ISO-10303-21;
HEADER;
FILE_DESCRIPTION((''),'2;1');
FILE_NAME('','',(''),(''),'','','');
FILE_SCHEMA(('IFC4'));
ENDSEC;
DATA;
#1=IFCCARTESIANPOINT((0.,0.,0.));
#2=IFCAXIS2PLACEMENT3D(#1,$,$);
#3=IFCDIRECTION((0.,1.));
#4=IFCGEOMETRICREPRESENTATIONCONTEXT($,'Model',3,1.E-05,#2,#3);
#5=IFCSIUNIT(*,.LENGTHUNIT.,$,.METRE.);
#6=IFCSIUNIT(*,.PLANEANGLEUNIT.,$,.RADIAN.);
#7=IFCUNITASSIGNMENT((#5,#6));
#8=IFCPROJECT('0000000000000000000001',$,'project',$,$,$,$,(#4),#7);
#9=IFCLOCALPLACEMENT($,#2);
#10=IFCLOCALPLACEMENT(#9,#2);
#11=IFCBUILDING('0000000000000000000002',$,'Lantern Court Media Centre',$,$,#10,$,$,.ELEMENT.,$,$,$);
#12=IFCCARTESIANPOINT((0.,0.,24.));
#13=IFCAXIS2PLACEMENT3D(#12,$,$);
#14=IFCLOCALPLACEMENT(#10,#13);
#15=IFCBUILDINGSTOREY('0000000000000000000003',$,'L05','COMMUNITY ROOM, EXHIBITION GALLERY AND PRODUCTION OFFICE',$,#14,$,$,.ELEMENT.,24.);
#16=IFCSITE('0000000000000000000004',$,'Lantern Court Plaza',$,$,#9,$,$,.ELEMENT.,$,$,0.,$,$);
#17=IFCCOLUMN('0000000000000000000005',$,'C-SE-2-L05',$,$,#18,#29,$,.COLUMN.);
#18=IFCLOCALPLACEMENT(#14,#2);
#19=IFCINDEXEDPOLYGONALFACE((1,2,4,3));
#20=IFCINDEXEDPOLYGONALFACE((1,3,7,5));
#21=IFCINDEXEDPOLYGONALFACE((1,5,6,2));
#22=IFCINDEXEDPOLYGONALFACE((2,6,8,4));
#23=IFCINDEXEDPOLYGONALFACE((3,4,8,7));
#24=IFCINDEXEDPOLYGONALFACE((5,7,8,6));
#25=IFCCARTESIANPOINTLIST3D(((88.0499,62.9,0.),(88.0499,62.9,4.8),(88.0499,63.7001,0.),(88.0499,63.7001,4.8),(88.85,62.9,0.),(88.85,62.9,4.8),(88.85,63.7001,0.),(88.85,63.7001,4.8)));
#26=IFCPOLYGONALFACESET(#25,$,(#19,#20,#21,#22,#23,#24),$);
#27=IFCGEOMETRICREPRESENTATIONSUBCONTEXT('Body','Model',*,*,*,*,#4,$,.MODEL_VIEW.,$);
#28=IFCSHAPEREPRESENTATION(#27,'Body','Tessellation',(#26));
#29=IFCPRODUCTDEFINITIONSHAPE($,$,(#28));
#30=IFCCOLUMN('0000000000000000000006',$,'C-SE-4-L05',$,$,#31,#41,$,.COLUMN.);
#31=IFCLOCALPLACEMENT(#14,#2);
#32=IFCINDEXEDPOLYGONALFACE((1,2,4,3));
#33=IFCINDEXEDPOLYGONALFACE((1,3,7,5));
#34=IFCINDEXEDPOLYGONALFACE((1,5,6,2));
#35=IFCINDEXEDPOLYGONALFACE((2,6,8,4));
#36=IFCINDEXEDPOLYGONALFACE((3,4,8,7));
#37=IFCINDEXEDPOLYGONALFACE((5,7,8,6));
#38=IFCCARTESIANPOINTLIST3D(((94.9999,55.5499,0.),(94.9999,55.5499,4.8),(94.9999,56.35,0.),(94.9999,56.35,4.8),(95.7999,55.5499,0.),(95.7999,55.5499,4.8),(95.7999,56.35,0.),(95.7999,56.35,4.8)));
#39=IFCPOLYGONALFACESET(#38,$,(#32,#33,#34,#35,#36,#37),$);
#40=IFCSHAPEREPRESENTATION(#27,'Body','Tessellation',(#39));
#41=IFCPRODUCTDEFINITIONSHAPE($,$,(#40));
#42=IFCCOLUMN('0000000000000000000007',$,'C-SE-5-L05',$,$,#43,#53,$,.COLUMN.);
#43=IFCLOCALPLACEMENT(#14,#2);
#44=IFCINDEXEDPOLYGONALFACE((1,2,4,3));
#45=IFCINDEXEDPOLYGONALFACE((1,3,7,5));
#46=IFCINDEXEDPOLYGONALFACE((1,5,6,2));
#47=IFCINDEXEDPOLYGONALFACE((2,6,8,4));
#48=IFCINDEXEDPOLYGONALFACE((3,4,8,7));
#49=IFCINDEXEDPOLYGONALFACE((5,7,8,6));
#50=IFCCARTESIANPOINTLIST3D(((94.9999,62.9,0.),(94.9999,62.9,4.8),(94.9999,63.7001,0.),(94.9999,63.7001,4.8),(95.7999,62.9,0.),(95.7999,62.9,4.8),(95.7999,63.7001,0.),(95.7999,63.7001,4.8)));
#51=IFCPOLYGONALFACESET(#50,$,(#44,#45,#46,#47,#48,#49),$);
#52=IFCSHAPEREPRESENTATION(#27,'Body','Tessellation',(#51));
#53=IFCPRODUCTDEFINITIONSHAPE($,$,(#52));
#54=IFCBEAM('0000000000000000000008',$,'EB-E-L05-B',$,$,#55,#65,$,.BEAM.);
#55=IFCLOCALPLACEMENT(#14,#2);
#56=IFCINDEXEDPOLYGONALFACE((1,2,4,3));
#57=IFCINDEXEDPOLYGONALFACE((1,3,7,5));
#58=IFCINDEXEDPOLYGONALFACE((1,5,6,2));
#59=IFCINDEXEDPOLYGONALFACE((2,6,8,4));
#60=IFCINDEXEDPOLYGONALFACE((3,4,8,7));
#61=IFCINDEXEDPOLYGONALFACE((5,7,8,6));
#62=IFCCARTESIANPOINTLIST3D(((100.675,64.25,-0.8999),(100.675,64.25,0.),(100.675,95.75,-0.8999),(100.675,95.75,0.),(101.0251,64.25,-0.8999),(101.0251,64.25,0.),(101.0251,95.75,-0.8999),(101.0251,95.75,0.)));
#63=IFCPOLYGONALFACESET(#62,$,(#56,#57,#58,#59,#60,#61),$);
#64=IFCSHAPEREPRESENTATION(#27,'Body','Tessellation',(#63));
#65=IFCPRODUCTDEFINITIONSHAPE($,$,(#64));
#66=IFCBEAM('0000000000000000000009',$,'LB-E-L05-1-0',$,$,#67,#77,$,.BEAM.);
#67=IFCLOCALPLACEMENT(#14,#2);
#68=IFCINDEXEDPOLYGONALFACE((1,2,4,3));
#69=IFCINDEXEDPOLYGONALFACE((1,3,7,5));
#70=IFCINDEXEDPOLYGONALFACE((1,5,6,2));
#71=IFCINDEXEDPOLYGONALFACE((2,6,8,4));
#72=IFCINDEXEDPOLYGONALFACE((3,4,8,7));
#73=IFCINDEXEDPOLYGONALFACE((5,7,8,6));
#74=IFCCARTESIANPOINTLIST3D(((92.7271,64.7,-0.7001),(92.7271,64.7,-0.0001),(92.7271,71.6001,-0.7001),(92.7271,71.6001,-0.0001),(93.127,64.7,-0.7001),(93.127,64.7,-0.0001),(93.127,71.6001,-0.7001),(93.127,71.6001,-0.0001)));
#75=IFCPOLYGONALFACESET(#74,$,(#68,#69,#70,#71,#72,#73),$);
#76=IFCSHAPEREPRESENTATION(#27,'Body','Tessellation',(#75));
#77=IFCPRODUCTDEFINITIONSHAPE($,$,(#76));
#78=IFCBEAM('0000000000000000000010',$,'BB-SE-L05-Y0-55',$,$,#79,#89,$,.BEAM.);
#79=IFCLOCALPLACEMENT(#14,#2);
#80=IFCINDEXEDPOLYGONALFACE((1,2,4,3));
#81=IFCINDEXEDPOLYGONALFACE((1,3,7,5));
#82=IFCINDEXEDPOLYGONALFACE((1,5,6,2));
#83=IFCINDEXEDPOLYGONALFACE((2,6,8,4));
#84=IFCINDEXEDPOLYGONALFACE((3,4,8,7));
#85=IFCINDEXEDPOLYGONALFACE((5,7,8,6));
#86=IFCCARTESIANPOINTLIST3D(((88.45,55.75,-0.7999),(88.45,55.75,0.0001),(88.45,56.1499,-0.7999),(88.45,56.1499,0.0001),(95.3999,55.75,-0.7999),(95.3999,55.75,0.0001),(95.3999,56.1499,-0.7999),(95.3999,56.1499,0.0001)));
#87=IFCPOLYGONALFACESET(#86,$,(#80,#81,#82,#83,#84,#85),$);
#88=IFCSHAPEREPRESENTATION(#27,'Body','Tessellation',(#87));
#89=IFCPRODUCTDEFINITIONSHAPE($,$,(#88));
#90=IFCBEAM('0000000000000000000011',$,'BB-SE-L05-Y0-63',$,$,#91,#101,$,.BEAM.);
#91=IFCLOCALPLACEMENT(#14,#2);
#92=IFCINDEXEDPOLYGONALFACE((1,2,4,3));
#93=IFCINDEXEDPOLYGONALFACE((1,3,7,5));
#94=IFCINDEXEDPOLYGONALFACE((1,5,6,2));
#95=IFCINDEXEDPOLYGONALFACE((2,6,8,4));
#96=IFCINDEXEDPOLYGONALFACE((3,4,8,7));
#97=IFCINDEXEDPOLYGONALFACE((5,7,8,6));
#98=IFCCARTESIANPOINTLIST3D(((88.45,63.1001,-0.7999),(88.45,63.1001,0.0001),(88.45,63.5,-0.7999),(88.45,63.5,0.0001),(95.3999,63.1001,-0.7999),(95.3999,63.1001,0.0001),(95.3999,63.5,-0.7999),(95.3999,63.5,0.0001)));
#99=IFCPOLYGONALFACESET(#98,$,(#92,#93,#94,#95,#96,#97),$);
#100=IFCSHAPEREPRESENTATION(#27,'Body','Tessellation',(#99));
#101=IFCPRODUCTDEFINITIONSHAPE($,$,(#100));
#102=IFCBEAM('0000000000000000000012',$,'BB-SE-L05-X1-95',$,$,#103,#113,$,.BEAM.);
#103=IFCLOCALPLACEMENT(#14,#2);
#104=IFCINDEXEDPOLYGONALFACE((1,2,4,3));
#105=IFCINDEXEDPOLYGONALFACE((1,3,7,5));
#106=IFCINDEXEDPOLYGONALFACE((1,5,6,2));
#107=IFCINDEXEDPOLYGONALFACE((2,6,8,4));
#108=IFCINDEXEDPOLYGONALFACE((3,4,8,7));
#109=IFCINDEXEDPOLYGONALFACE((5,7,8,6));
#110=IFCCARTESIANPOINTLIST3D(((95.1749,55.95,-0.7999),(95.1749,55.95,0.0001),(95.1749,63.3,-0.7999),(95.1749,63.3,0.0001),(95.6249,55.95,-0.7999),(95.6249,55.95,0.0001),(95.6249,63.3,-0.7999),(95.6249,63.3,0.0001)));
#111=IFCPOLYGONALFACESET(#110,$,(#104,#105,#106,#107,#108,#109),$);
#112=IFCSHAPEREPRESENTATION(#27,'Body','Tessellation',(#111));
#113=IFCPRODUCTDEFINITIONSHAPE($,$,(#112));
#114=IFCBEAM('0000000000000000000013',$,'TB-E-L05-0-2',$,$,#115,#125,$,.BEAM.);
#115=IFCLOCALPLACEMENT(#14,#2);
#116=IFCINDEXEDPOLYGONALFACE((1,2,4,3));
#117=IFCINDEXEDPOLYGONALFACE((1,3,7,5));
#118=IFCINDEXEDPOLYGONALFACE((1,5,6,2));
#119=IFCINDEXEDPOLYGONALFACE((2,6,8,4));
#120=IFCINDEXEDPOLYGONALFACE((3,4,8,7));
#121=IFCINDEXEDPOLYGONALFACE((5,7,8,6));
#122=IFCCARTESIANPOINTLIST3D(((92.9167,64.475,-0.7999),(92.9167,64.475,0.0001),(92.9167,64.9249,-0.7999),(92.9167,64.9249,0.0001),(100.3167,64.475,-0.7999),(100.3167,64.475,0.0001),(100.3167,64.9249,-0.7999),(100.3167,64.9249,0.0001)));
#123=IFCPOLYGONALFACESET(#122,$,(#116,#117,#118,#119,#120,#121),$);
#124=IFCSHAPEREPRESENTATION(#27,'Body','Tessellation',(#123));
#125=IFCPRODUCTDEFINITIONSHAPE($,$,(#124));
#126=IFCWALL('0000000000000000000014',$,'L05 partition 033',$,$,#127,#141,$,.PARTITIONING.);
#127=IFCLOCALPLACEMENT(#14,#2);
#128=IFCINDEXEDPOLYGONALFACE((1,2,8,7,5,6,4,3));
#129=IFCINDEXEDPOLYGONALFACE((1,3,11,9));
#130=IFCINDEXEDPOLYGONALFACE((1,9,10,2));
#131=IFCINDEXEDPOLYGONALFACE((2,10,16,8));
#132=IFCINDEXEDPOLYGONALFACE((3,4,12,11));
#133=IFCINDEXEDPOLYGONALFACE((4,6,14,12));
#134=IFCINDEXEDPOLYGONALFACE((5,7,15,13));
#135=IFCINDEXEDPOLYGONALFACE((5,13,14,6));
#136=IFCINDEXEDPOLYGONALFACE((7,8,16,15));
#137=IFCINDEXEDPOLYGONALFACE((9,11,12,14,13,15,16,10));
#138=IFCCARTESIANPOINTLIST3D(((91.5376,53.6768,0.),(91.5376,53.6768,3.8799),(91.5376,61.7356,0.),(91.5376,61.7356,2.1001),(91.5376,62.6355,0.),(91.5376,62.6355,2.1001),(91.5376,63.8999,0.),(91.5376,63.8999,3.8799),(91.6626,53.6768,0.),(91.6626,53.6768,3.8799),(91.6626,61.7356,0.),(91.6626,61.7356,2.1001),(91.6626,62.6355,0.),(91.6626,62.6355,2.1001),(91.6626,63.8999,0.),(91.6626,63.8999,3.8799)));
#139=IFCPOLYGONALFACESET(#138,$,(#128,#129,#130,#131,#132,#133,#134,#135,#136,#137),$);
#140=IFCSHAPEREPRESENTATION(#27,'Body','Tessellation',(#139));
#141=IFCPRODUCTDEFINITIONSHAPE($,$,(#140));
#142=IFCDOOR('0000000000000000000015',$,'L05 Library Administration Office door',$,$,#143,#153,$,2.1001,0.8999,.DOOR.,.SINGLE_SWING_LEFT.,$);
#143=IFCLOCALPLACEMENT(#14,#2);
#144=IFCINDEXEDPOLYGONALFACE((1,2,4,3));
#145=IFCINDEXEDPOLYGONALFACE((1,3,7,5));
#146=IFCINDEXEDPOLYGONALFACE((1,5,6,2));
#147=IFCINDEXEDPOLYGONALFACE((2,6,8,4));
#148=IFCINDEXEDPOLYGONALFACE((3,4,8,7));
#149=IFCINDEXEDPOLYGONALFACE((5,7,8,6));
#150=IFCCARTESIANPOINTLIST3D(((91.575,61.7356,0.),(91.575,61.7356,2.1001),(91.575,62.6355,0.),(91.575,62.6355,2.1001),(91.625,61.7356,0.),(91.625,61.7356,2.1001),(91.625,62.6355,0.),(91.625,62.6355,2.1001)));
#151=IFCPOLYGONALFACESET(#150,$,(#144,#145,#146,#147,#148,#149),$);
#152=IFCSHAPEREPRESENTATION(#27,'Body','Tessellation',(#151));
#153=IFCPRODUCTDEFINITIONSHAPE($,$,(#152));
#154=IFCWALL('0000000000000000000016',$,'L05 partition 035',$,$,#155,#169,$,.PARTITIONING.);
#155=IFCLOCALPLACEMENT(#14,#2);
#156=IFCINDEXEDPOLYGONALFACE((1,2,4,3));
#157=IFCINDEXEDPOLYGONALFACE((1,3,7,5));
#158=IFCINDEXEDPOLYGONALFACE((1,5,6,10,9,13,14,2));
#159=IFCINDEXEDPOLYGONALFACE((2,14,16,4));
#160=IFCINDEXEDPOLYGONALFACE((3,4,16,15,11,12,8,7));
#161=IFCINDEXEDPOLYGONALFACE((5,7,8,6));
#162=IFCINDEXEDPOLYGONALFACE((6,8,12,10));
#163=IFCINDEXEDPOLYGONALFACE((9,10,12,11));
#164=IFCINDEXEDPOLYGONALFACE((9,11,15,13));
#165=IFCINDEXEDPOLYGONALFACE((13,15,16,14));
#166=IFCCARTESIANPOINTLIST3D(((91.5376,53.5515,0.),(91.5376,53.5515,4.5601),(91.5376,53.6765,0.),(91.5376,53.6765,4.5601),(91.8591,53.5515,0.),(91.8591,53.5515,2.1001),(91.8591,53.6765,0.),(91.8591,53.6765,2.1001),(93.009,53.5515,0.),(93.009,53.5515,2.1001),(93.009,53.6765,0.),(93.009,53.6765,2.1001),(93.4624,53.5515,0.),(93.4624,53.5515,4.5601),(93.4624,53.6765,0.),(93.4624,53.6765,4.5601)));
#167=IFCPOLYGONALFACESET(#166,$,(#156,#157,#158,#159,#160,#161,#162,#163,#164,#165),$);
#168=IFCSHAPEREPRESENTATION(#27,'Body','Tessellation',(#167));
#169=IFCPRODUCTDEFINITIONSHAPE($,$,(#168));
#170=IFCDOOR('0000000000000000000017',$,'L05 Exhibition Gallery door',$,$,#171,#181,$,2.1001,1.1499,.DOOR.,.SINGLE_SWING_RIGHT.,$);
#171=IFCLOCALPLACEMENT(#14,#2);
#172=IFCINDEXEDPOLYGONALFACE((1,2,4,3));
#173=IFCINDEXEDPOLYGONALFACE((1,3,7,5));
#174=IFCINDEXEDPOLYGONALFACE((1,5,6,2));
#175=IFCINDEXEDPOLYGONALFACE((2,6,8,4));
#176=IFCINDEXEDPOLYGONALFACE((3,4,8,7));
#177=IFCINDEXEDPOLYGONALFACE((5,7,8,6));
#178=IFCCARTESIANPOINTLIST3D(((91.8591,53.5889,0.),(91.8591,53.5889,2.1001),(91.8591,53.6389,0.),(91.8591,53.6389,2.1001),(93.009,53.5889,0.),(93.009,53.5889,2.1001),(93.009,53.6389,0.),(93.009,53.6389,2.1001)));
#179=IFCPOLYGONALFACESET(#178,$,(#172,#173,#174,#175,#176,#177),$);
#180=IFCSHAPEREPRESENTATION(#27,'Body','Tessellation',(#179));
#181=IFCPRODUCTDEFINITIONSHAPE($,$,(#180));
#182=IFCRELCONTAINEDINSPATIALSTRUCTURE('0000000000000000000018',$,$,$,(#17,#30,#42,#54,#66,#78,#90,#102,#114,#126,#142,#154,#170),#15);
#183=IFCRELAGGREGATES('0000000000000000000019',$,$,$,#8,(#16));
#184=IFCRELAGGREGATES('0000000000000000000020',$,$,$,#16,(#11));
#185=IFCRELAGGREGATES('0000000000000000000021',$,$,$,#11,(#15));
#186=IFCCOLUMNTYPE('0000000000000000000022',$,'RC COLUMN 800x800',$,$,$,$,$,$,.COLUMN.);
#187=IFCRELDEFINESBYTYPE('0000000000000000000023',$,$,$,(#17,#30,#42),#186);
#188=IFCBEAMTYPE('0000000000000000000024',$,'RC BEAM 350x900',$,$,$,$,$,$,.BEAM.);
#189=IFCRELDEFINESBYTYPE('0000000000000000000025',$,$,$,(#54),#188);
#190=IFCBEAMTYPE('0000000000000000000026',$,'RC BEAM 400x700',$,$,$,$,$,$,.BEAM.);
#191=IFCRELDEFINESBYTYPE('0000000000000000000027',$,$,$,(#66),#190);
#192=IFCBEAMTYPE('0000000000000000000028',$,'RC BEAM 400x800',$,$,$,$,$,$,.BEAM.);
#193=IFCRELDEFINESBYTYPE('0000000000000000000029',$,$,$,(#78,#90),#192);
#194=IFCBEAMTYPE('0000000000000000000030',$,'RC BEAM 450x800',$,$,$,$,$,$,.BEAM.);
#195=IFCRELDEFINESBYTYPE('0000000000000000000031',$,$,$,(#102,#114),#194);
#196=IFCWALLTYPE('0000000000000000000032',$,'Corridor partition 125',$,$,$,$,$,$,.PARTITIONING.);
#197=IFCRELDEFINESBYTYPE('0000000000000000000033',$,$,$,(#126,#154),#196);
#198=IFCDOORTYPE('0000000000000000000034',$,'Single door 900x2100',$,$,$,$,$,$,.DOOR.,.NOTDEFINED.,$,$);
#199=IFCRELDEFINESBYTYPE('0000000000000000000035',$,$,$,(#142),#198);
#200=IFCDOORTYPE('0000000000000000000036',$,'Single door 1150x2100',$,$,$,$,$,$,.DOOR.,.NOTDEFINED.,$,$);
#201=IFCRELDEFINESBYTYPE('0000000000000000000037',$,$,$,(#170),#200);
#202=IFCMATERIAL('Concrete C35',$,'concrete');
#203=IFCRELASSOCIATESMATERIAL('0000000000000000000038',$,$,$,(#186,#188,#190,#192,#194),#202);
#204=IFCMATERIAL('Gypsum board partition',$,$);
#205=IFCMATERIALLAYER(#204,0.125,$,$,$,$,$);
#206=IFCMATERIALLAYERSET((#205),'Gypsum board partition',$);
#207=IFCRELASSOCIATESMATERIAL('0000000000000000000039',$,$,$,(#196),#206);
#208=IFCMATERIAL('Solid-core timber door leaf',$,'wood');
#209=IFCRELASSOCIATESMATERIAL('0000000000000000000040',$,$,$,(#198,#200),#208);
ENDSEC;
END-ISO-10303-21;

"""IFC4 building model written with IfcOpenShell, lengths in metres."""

from ifc_helpers import new_model, si_unit, direction, frame, frame_2d, origin, origin_2d, place, context, subcontext, project, spatial, rectangle, extrude, material, layer, layer_set, material_profile, profile_set, type_object, element, fill, save


model = new_model("IFC4")

# Units and contexts
model_context = context("Model", 3, precision=1e-05, world=origin(), true_north=direction((0.0, 1.0)))
body_context = subcontext(model_context, "Body", "Model", "MODEL_VIEW")
ifc_project = project(units=[si_unit("LENGTHUNIT", "METRE"), si_unit("PLANEANGLEUNIT", "RADIAN")], contexts=[model_context])

# Site, building, storey
site_placement = place(None, origin())
site = spatial("IfcSite", under=ifc_project, at=site_placement, Name="Lantern Court Plaza", CompositionType="ELEMENT", RefElevation=0.0)
building_placement = place(site_placement, origin())
building = spatial("IfcBuilding", under=site, at=building_placement, Name="Lantern Court Media Centre", CompositionType="ELEMENT")
storey_placement = place(building_placement, frame((0.0, 0.0, 24.0)))
storey = spatial("IfcBuildingStorey", under=building, at=storey_placement, Name="L05", Description="COMMUNITY ROOM, EXHIBITION GALLERY AND PRODUCTION OFFICE", CompositionType="ELEMENT", Elevation=24.0)

# Columns
ifc_material_1 = material(Name="Concrete C35", Category="concrete")
ifc_material_profile_1 = material_profile(ifc_material_1, rectangle(XDim=0.8, YDim=0.8, at=origin_2d()), Name="RC 800x800")
ifc_profile_set_1 = profile_set([ifc_material_profile_1], Name="Concrete C35")
column_type = type_object("IfcColumnType", Name="RC COLUMN 800x800", PredefinedType="COLUMN", material=ifc_profile_set_1)
for number, where, z_axis, x_axis, name in (
    (1, (88.45, 63.3, 0.0), (0.0, 0.0, 1.0), (1.0, 0.0, 0.0), "C-SE-2-L05"),
    (2, (95.3999, 55.95, 0.0), (0.0, 0.0, 1.0), (1.0, 0.0, 0.0), "C-SE-4-L05"),
    (3, (95.3999, 63.3, 0.0), (0.0, 0.0, 1.0), (1.0, 0.0, 0.0), "C-SE-5-L05"),
):
    element("IfcColumn", number, at=place(storey_placement, frame(where, z_axis=z_axis, x_axis=x_axis)), inside=storey, type_object=column_type, Name=name, PredefinedType="COLUMN", context=body_context, shape_type="SweptSolid", body=[
        extrude(rectangle(XDim=0.8, YDim=0.8, at=origin_2d()), origin(), (0.0, 0.0, 1.0), 4.8),
    ])

# Beams
ifc_material_profile_2 = material_profile(ifc_material_1, rectangle(XDim=0.3501, YDim=0.8999, at=origin_2d()), Name="RC 350x900")
ifc_profile_set_2 = profile_set([ifc_material_profile_2], Name="Concrete C35")
beam_type_1 = type_object("IfcBeamType", Name="RC BEAM 350x900", PredefinedType="BEAM", material=ifc_profile_set_2)
beam_1_placement = place(storey_placement, frame((100.8501, 64.25, -0.45), z_axis=(0.0, 1.0, 0.0), x_axis=(-1.0, 0.0, 0.0)))
element("IfcBeam", 4, at=beam_1_placement, inside=storey, type_object=beam_type_1, Name="EB-E-L05-B", PredefinedType="BEAM", context=body_context, shape_type="SweptSolid", body=[
    extrude(rectangle(XDim=0.3501, YDim=0.8999, at=origin_2d()), origin(), (0.0, 0.0, 1.0), 31.5),
])
ifc_material_profile_3 = material_profile(ifc_material_1, rectangle(XDim=0.3999, YDim=0.7, at=origin_2d()), Name="RC 400x700")
ifc_profile_set_3 = profile_set([ifc_material_profile_3], Name="Concrete C35")
beam_type_2 = type_object("IfcBeamType", Name="RC BEAM 400x700", PredefinedType="BEAM", material=ifc_profile_set_3)
beam_2_placement = place(storey_placement, frame((92.927, 64.7, -0.3501), z_axis=(0.0, 1.0, 0.0), x_axis=(-1.0, 0.0, 0.0)))
element("IfcBeam", 5, at=beam_2_placement, inside=storey, type_object=beam_type_2, Name="LB-E-L05-1-0", PredefinedType="BEAM", context=body_context, shape_type="SweptSolid", body=[
    extrude(rectangle(XDim=0.3999, YDim=0.7, at=origin_2d()), origin(), (0.0, 0.0, 1.0), 6.9001),
])
ifc_material_profile_4 = material_profile(ifc_material_1, rectangle(XDim=0.3999, YDim=0.8, at=origin_2d()), Name="RC 400x800")
ifc_profile_set_4 = profile_set([ifc_material_profile_4], Name="Concrete C35")
beam_type_3 = type_object("IfcBeamType", Name="RC BEAM 400x800", PredefinedType="BEAM", material=ifc_profile_set_4)
for number, where, z_axis, x_axis, name in (
    (6, (88.45, 55.95, -0.3999), (1.0, 0.0, 0.0), (0.0, 1.0, 0.0), "BB-SE-L05-Y0-55"),
    (7, (88.45, 63.3, -0.3999), (1.0, 0.0, 0.0), (0.0, 1.0, 0.0), "BB-SE-L05-Y0-63"),
):
    element("IfcBeam", number, at=place(storey_placement, frame(where, z_axis=z_axis, x_axis=x_axis)), inside=storey, type_object=beam_type_3, Name=name, PredefinedType="BEAM", context=body_context, shape_type="SweptSolid", body=[
        extrude(rectangle(XDim=0.3999, YDim=0.8, at=origin_2d()), origin(), (0.0, 0.0, 1.0), 6.95),
    ])
ifc_material_profile_5 = material_profile(ifc_material_1, rectangle(XDim=0.45, YDim=0.8, at=origin_2d()), Name="RC 450x800")
ifc_profile_set_5 = profile_set([ifc_material_profile_5], Name="Concrete C35")
beam_type_4 = type_object("IfcBeamType", Name="RC BEAM 450x800", PredefinedType="BEAM", material=ifc_profile_set_5)
beam_3_placement = place(storey_placement, frame((95.3999, 55.95, -0.3999), z_axis=(0.0, 1.0, 0.0), x_axis=(-1.0, 0.0, 0.0)))
element("IfcBeam", 8, at=beam_3_placement, inside=storey, type_object=beam_type_4, Name="BB-SE-L05-X1-95", PredefinedType="BEAM", context=body_context, shape_type="SweptSolid", body=[
    extrude(rectangle(XDim=0.45, YDim=0.8, at=origin_2d()), origin(), (0.0, 0.0, 1.0), 7.3501),
])
beam_4_placement = place(storey_placement, frame((92.9167, 64.7, -0.3999), z_axis=(1.0, 0.0, 0.0), x_axis=(0.0, 1.0, 0.0)))
element("IfcBeam", 9, at=beam_4_placement, inside=storey, type_object=beam_type_4, Name="TB-E-L05-0-2", PredefinedType="BEAM", context=body_context, shape_type="SweptSolid", body=[
    extrude(rectangle(XDim=0.45, YDim=0.8, at=origin_2d()), origin(), (0.0, 0.0, 1.0), 7.3999),
])

# Walls, openings, doors
ifc_material_2 = material(Name="Gypsum board partition")
ifc_layer_1 = layer(ifc_material_2, 0.125)
ifc_layer_set_1 = layer_set([ifc_layer_1], Name="Gypsum board partition")
wall_type_1 = type_object("IfcWallType", Name="Corridor partition 125", PredefinedType="PARTITIONING", material=ifc_layer_set_1)
wall_1_placement = place(storey_placement, frame((91.6001, 53.6768, 0.0), z_axis=(0.0, 0.0, 1.0), x_axis=(0.0, 1.0, 0.0)))
wall_1 = element("IfcWall", 10, at=wall_1_placement, inside=storey, type_object=wall_type_1, Name="L05 partition 033", PredefinedType="PARTITIONING", context=body_context, shape_type="SweptSolid", body=[
    extrude(rectangle(XDim=10.2231, YDim=0.125, at=frame_2d((5.1116, 0.0))), origin(), (0.0, 0.0, 1.0), 3.8799),
])
opening_1_placement = place(wall_1_placement, frame((8.0588, 0.0, 0.0)))
opening_1 = element("IfcOpeningElement", 11, at=opening_1_placement, cuts=wall_1, PredefinedType="OPENING", context=body_context, shape_type="SweptSolid", body=[
    extrude(rectangle(XDim=0.8999, YDim=2.1001, at=frame_2d((0.45, 1.05))), frame((0.0, 0.0725, 0.0), z_axis=(0.0, -1.0, 0.0), x_axis=(1.0, 0.0, 0.0)), (0.0, 0.0, 1.0), 0.145),
])
ifc_material_3 = material(Name="Solid-core timber door leaf", Category="wood")
door_type_1 = type_object("IfcDoorType", Name="Single door 900x2100", OperationType="NOTDEFINED", PredefinedType="DOOR", material=ifc_material_3)
door_1_placement = place(opening_1_placement, frame((0.8999, 0.0, 0.0), z_axis=(0.0, 0.0, 1.0), x_axis=(-1.0, 0.0, 0.0)))
door_1 = element("IfcDoor", 12, at=door_1_placement, inside=storey, type_object=door_type_1, Name="L05 Library Administration Office door", OperationType="SINGLE_SWING_LEFT", OverallHeight=2.1001, OverallWidth=0.8999, PredefinedType="DOOR", context=body_context, shape_type="SweptSolid", body=[
    extrude(rectangle(XDim=0.8999, YDim=2.1001, at=frame_2d((0.45, 1.05))), frame((0.0, 0.0249, 0.0), z_axis=(0.0, -1.0, 0.0), x_axis=(1.0, 0.0, 0.0)), (0.0, 0.0, 1.0), 0.05),
])
fill(opening_1, door_1)
wall_2_placement = place(storey_placement, frame((91.5376, 53.614, 0.0), z_axis=(0.0, 0.0, 1.0), x_axis=(1.0, 0.0, 0.0)))
wall_2 = element("IfcWall", 13, at=wall_2_placement, inside=storey, type_object=wall_type_1, Name="L05 partition 035", PredefinedType="PARTITIONING", context=body_context, shape_type="SweptSolid", body=[
    extrude(rectangle(XDim=1.9248, YDim=0.125, at=frame_2d((0.9624, 0.0))), origin(), (0.0, 0.0, 1.0), 4.5601),
])
opening_2_placement = place(wall_2_placement, frame((0.3215, 0.0, 0.0)))
opening_2 = element("IfcOpeningElement", 14, at=opening_2_placement, cuts=wall_2, PredefinedType="OPENING", context=body_context, shape_type="SweptSolid", body=[
    extrude(rectangle(XDim=1.1499, YDim=2.1001, at=frame_2d((0.575, 1.05))), frame((0.0, 0.0725, 0.0), z_axis=(0.0, -1.0, 0.0), x_axis=(1.0, 0.0, 0.0)), (0.0, 0.0, 1.0), 0.145),
])
door_type_2 = type_object("IfcDoorType", Name="Single door 1150x2100", OperationType="NOTDEFINED", PredefinedType="DOOR", material=ifc_material_3)
door_2_placement = place(opening_2_placement, origin())
door_2 = element("IfcDoor", 15, at=door_2_placement, inside=storey, type_object=door_type_2, Name="L05 Exhibition Gallery door", OperationType="SINGLE_SWING_RIGHT", OverallHeight=2.1001, OverallWidth=1.1499, PredefinedType="DOOR", context=body_context, shape_type="SweptSolid", body=[
    extrude(rectangle(XDim=1.1499, YDim=2.1001, at=frame_2d((0.575, 1.05))), frame((0.0, 0.0249, 0.0), z_axis=(0.0, -1.0, 0.0), x_axis=(1.0, 0.0, 0.0)), (0.0, 0.0, 1.0), 0.05),
])
fill(opening_2, door_2)

save(model, "model.ifc")
